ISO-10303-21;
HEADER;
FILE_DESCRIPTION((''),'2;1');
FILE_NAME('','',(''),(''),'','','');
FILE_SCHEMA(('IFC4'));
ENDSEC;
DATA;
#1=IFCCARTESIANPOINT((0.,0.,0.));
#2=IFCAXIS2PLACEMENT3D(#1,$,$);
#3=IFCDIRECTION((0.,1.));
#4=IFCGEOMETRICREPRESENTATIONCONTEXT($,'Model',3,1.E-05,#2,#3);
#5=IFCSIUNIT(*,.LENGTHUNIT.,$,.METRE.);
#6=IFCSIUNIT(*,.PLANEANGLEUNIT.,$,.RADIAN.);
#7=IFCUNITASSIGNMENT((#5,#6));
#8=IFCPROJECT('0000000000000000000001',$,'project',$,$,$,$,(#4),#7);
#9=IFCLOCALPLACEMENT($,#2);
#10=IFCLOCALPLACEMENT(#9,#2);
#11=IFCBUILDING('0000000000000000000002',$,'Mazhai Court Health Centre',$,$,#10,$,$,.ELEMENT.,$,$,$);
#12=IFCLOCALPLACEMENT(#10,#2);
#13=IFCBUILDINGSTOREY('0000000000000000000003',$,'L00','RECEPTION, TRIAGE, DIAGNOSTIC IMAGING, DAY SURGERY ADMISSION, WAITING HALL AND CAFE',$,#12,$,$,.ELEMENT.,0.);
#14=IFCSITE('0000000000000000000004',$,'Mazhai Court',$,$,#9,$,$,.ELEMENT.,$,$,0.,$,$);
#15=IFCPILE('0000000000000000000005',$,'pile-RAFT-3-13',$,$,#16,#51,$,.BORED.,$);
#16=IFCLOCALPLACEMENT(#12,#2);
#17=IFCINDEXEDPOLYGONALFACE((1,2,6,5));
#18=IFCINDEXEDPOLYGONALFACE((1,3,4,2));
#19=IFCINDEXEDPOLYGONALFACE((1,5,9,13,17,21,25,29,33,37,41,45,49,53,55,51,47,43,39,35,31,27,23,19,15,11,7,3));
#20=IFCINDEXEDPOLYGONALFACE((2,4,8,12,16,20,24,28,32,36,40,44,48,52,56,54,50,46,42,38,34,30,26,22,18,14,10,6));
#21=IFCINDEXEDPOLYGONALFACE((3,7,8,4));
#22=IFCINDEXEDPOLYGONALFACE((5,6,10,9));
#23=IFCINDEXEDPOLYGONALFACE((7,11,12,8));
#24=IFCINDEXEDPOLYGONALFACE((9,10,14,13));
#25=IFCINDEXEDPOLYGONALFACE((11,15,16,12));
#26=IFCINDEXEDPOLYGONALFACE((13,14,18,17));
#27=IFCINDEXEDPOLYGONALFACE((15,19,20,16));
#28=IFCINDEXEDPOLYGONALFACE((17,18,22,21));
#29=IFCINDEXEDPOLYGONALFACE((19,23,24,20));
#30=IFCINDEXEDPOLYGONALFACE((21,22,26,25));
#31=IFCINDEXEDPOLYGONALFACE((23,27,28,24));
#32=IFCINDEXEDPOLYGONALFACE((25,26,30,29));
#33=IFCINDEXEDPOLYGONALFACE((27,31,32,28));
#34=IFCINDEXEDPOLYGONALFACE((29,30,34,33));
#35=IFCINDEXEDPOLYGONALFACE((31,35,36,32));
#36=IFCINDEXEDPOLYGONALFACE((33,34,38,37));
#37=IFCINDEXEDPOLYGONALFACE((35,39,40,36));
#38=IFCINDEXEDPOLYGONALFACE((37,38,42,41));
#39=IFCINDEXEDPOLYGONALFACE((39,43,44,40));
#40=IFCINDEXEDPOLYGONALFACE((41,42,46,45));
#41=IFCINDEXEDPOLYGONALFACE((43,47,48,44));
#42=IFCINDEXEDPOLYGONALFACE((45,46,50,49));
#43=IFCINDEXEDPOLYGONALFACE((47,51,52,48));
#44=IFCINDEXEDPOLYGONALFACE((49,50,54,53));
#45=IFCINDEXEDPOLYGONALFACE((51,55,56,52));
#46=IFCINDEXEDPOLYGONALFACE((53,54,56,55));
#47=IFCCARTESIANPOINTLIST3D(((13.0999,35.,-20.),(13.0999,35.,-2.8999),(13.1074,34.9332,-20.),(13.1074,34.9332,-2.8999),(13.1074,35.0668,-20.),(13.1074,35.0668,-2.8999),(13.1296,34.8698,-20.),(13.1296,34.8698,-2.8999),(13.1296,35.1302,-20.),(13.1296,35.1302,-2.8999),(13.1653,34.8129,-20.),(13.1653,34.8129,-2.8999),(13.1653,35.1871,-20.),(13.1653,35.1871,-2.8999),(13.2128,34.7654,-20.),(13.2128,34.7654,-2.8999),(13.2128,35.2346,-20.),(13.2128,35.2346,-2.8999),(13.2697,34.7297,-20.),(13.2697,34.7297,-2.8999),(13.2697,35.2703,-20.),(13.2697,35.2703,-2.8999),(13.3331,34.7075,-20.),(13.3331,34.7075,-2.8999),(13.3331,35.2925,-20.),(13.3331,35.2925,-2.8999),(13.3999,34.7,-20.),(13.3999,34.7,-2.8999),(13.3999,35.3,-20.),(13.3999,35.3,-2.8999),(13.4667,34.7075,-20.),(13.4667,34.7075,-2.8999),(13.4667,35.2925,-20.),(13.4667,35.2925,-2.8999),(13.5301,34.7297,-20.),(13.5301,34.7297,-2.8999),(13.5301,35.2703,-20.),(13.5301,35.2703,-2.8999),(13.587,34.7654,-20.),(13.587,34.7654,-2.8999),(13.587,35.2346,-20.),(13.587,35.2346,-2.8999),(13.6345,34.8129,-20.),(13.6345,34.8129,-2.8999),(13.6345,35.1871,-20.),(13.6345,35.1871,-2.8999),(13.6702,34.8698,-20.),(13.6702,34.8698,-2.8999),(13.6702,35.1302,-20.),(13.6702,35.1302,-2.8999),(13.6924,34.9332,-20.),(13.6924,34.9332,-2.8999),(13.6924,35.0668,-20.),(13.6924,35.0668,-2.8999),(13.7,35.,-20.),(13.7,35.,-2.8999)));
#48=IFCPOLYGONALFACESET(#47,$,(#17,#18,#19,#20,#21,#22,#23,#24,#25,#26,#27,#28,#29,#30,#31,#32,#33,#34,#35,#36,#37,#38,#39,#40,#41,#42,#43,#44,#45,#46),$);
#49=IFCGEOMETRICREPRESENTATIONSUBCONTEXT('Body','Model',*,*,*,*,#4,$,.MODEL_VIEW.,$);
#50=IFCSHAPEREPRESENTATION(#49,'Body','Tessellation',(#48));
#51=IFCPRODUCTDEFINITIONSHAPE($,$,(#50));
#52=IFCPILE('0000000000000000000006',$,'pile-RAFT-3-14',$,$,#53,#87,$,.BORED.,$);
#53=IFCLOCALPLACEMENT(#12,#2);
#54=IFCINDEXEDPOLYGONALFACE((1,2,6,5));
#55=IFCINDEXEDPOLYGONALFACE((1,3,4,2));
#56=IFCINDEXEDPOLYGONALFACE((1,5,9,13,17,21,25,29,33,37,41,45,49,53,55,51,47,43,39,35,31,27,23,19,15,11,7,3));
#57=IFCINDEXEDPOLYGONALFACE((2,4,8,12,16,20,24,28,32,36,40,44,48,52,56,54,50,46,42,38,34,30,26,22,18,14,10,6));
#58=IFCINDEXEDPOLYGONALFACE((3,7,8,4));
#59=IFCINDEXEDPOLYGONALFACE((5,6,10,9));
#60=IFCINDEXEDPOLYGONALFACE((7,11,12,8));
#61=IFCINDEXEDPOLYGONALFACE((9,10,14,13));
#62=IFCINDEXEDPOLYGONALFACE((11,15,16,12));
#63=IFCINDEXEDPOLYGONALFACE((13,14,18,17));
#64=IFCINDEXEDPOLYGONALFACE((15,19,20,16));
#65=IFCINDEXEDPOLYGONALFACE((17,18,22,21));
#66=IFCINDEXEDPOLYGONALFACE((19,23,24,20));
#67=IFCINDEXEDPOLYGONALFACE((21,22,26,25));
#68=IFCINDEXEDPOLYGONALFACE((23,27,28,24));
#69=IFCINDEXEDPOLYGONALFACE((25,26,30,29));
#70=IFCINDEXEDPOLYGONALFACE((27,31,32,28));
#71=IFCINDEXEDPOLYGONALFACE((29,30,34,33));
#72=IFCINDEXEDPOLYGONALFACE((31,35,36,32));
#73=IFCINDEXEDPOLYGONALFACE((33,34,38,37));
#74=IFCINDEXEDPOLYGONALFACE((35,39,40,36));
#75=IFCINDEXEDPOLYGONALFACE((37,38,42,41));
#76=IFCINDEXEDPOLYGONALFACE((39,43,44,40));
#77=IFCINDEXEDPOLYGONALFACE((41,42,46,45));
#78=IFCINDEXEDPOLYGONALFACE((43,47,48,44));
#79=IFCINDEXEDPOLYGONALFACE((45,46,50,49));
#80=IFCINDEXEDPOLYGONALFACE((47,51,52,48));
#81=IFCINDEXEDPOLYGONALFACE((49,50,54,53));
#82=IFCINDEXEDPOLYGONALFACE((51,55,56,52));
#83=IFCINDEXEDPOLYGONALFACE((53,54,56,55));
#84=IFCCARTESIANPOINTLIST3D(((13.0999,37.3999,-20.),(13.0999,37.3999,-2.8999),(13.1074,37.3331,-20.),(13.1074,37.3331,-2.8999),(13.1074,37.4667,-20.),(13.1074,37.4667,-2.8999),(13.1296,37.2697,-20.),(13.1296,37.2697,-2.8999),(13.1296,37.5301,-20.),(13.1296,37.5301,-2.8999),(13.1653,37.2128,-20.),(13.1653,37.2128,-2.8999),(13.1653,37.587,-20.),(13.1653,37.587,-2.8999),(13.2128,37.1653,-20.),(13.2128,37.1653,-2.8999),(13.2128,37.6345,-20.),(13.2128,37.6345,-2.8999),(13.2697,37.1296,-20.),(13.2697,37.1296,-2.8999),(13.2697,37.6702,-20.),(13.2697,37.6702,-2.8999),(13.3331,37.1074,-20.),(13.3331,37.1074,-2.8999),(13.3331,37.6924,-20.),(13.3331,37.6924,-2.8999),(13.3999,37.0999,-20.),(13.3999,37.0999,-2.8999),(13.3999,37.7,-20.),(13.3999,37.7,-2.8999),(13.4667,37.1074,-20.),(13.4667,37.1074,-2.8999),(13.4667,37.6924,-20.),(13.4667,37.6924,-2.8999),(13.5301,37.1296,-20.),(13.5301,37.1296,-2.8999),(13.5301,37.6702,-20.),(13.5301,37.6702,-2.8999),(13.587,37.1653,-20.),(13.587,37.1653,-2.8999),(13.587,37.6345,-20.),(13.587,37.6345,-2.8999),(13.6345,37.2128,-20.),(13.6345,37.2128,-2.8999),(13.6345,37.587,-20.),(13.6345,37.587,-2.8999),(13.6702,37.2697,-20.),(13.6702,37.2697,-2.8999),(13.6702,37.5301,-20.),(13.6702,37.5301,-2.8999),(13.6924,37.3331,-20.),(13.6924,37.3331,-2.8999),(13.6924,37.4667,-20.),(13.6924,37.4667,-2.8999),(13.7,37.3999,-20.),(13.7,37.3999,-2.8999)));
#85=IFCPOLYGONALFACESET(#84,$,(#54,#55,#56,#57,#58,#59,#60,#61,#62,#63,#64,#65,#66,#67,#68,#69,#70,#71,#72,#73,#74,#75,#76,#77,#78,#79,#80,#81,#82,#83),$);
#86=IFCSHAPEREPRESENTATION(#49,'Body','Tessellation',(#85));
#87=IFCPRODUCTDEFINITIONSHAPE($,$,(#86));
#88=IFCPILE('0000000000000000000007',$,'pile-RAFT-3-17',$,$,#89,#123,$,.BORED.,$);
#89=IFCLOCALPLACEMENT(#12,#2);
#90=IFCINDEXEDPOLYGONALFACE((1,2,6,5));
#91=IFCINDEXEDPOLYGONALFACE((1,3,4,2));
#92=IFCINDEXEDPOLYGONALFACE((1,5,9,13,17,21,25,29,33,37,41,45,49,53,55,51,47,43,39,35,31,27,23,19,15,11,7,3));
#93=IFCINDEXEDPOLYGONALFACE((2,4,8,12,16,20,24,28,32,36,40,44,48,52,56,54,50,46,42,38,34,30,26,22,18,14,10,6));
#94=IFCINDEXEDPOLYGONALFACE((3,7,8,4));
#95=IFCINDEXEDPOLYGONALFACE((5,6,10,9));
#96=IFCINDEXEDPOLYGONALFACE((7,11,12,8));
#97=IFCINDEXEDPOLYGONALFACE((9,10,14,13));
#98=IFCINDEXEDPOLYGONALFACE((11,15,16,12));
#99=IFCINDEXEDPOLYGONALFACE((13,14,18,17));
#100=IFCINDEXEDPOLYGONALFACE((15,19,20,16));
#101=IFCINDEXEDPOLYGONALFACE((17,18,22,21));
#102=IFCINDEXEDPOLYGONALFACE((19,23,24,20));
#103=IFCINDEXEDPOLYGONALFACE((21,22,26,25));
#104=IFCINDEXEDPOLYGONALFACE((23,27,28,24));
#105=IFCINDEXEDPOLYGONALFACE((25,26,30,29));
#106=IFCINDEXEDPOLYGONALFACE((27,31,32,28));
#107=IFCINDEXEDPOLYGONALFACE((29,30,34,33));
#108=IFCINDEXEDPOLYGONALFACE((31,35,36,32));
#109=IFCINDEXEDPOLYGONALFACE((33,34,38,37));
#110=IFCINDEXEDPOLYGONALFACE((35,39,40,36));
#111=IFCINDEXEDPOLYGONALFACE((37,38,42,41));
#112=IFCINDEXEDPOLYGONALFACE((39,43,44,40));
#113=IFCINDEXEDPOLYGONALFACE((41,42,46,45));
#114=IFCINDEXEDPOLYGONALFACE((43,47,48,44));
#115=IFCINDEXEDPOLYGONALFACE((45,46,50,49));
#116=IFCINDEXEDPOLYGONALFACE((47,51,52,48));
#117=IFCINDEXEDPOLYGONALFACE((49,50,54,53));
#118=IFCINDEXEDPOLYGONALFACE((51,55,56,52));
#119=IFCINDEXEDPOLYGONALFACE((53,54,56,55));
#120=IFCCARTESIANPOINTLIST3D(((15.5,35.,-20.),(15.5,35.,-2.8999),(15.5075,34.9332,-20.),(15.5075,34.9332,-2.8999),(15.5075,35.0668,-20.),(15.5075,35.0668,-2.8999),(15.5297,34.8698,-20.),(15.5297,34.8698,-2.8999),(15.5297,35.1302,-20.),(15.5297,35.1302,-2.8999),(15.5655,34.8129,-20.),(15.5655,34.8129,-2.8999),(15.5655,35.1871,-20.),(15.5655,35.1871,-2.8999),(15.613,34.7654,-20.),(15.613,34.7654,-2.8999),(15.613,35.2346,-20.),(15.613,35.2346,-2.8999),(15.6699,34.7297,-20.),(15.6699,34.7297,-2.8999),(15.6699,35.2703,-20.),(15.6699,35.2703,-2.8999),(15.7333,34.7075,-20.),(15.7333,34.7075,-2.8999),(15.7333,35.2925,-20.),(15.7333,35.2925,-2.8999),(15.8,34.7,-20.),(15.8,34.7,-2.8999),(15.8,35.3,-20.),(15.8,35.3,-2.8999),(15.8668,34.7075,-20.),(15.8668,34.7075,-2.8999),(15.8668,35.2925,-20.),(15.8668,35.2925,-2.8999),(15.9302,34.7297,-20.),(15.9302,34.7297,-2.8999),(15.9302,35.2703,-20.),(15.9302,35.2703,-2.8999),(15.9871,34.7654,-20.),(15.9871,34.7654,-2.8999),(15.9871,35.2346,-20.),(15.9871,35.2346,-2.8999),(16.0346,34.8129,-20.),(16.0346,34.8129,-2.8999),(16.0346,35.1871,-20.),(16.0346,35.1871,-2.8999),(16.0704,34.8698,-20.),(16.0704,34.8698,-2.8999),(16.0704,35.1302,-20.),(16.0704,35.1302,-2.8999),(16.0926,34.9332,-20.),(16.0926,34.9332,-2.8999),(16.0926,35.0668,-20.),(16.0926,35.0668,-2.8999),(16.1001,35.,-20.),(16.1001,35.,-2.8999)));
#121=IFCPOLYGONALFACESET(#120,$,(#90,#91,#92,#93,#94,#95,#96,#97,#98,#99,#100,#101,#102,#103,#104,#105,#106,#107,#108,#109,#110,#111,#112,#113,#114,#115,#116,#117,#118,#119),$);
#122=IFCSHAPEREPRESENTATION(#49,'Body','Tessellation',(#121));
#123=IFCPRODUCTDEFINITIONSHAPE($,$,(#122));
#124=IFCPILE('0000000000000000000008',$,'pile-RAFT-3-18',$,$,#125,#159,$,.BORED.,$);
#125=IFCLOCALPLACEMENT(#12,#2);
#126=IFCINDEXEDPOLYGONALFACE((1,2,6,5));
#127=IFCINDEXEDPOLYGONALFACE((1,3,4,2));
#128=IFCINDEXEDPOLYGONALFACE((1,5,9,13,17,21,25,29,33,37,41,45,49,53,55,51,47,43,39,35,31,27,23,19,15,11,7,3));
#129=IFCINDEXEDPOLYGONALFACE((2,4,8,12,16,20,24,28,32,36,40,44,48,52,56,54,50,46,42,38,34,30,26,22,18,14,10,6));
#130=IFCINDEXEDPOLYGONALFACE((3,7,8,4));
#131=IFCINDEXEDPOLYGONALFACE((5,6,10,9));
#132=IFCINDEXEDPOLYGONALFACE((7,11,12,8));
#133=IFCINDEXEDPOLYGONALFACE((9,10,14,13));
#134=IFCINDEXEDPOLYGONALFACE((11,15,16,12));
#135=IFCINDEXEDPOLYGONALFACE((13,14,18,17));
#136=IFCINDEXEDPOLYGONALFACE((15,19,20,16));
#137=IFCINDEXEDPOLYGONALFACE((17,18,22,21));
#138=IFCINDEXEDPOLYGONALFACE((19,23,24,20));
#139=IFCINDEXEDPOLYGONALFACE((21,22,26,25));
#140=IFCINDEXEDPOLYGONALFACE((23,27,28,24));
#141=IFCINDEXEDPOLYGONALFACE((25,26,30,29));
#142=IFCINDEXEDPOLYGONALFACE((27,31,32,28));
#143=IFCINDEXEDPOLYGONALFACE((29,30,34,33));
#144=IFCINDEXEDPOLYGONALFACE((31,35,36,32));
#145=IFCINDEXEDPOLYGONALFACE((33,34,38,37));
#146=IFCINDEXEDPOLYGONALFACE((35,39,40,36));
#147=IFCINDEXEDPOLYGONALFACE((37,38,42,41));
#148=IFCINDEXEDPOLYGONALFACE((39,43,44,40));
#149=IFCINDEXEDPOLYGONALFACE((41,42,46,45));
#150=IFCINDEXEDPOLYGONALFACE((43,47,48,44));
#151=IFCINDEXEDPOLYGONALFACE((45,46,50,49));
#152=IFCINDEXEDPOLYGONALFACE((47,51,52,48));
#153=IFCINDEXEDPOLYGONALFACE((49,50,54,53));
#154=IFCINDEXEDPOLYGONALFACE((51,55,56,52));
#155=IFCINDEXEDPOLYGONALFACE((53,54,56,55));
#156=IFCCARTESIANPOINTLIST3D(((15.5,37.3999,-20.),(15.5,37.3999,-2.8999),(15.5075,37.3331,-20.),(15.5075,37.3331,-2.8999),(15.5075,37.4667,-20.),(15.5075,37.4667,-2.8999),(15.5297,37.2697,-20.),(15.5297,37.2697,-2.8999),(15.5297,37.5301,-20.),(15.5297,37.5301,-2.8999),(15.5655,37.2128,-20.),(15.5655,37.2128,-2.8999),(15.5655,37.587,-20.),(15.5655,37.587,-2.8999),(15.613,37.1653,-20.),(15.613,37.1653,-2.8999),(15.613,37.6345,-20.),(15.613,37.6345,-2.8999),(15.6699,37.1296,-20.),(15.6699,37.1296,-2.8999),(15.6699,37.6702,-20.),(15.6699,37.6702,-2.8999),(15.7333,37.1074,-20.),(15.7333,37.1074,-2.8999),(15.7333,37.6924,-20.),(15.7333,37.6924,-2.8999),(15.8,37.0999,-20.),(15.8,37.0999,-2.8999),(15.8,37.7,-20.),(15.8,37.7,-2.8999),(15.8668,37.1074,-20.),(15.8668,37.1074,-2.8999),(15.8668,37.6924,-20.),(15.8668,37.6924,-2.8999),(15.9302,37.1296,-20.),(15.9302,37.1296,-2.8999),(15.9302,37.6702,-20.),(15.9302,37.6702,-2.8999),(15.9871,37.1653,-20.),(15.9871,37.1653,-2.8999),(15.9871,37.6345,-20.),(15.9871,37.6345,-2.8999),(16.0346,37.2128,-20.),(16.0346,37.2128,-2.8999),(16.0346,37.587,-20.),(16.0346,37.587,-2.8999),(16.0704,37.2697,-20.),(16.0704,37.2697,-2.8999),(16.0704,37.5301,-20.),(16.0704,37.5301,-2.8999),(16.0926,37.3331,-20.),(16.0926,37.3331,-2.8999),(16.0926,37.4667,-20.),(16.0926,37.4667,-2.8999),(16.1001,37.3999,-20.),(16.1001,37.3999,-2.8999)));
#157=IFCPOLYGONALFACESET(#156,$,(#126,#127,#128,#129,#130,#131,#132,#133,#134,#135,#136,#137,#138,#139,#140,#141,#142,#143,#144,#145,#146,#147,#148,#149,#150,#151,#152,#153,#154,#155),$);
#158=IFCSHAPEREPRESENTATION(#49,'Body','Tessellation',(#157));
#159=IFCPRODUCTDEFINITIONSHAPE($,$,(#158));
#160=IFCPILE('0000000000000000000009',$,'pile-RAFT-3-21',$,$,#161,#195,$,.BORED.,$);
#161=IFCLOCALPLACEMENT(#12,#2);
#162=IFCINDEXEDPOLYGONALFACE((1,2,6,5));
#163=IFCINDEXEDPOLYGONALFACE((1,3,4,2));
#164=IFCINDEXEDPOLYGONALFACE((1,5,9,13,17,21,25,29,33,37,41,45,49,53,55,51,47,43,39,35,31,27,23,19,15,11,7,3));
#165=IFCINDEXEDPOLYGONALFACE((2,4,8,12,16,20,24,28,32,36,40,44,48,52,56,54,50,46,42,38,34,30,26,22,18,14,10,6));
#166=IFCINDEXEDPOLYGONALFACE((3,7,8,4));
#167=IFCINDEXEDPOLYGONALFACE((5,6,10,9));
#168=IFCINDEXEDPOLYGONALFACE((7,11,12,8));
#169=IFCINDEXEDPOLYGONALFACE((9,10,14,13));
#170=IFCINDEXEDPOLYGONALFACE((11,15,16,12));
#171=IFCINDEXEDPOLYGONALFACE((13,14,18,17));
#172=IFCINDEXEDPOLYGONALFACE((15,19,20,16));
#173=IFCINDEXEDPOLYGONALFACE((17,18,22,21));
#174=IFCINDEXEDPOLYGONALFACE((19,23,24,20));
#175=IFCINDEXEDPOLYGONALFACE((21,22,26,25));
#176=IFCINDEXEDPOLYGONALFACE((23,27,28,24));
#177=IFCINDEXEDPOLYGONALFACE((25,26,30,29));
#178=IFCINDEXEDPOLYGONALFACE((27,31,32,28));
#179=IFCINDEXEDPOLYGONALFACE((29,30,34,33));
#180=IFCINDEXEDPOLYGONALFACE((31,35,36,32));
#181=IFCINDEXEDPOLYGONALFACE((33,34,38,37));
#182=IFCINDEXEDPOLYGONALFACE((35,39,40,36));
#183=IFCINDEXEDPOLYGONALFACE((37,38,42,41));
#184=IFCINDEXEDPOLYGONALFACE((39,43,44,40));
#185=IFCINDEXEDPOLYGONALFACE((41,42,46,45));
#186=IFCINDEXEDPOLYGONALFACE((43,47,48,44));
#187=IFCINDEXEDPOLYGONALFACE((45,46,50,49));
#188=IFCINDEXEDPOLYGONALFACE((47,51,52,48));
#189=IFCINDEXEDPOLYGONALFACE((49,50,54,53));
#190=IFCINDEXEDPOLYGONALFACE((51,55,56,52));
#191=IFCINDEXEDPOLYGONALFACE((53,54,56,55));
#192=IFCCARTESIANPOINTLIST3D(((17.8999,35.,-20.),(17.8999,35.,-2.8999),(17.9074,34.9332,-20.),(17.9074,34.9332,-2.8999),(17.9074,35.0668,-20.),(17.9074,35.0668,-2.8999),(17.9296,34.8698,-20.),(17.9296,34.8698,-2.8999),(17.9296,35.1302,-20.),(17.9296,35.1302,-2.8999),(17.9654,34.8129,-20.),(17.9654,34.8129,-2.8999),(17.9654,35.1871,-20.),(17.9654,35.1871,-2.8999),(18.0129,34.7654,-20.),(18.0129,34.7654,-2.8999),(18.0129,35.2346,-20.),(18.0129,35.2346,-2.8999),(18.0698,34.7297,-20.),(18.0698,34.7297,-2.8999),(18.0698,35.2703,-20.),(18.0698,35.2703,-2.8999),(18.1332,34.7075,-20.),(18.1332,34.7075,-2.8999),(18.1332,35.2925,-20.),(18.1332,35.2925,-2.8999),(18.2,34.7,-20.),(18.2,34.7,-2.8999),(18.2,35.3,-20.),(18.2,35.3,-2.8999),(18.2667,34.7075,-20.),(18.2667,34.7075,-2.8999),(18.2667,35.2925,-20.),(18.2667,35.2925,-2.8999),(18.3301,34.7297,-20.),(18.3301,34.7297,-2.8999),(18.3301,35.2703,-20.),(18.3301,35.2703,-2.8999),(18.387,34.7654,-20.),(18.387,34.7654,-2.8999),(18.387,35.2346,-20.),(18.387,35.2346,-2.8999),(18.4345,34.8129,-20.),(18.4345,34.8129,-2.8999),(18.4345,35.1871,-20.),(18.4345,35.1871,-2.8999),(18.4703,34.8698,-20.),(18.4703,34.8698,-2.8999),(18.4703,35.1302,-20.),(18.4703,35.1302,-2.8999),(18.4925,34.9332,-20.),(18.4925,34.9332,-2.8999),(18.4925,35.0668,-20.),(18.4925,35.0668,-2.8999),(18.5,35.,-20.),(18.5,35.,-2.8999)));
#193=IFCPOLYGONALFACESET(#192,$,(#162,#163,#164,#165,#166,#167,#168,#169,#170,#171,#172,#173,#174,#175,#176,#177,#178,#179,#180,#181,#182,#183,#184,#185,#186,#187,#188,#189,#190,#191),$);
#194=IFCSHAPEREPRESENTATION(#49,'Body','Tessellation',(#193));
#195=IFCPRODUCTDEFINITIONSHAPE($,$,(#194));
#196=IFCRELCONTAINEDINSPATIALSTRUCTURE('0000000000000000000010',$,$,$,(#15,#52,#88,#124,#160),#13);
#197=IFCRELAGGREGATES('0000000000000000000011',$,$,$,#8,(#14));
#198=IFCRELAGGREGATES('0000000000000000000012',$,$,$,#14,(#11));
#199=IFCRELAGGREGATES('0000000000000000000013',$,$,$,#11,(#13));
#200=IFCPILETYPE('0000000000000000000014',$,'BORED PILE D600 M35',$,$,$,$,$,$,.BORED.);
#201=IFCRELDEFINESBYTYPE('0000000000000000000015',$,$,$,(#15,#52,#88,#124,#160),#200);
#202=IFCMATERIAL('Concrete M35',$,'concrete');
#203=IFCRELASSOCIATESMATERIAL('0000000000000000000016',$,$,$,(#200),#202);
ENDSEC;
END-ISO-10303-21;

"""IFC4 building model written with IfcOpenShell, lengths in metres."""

from ifc_helpers import new_model, si_unit, direction, frame, origin, origin_2d, place, context, subcontext, project, spatial, circle, extrude, material, material_profile, profile_set, type_object, element, save


model = new_model("IFC4")

# Units and contexts
model_context = context("Model", 3, precision=1e-05, world=origin(), true_north=direction((0.0, 1.0)))
body_context = subcontext(model_context, "Body", "Model", "MODEL_VIEW")
ifc_project = project(units=[si_unit("LENGTHUNIT", "METRE"), si_unit("PLANEANGLEUNIT", "RADIAN")], contexts=[model_context])

# Site, building, storey
site_placement = place(None, origin())
site = spatial("IfcSite", under=ifc_project, at=site_placement, Name="Mazhai Court", CompositionType="ELEMENT", RefElevation=0.0)
building_placement = place(site_placement, origin())
building = spatial("IfcBuilding", under=site, at=building_placement, Name="Mazhai Court Health Centre", CompositionType="ELEMENT")
storey_placement = place(building_placement, origin())
storey = spatial("IfcBuildingStorey", under=building, at=storey_placement, Name="L00", Description="RECEPTION, TRIAGE, DIAGNOSTIC IMAGING, DAY SURGERY ADMISSION, WAITING HALL AND CAFE", CompositionType="ELEMENT", Elevation=0.0)

# Piles
ifc_material_1 = material(Name="Concrete M35", Category="concrete")
ifc_material_profile_1 = material_profile(ifc_material_1, circle(Radius=0.3, at=origin_2d()), Name="RC PILE D600")
ifc_profile_set_1 = profile_set([ifc_material_profile_1], Name="Concrete M35")
pile_type = type_object("IfcPileType", Name="BORED PILE D600 M35", PredefinedType="BORED", material=ifc_profile_set_1)
for number, where, z_axis, x_axis, name in (
    (1, (13.3999, 35.0, -2.8999), (0.0, 0.0, -1.0), (1.0, 0.0, 0.0), "pile-RAFT-3-13"),
    (2, (13.3999, 37.3999, -2.8999), (0.0, 0.0, -1.0), (1.0, 0.0, 0.0), "pile-RAFT-3-14"),
    (3, (15.8, 35.0, -2.8999), (0.0, 0.0, -1.0), (1.0, 0.0, 0.0), "pile-RAFT-3-17"),
    (4, (15.8, 37.3999, -2.8999), (0.0, 0.0, -1.0), (1.0, 0.0, 0.0), "pile-RAFT-3-18"),
    (5, (18.2, 35.0, -2.8999), (0.0, 0.0, -1.0), (1.0, 0.0, 0.0), "pile-RAFT-3-21"),
):
    element("IfcPile", number, at=place(storey_placement, frame(where, z_axis=z_axis, x_axis=x_axis)), inside=storey, type_object=pile_type, Name=name, PredefinedType="BORED", context=body_context, shape_type="SweptSolid", body=[
        extrude(circle(Radius=0.3, at=origin_2d()), origin(), (0.0, 0.0, 1.0), 17.1001),
    ])

save(model, "model.ifc")
